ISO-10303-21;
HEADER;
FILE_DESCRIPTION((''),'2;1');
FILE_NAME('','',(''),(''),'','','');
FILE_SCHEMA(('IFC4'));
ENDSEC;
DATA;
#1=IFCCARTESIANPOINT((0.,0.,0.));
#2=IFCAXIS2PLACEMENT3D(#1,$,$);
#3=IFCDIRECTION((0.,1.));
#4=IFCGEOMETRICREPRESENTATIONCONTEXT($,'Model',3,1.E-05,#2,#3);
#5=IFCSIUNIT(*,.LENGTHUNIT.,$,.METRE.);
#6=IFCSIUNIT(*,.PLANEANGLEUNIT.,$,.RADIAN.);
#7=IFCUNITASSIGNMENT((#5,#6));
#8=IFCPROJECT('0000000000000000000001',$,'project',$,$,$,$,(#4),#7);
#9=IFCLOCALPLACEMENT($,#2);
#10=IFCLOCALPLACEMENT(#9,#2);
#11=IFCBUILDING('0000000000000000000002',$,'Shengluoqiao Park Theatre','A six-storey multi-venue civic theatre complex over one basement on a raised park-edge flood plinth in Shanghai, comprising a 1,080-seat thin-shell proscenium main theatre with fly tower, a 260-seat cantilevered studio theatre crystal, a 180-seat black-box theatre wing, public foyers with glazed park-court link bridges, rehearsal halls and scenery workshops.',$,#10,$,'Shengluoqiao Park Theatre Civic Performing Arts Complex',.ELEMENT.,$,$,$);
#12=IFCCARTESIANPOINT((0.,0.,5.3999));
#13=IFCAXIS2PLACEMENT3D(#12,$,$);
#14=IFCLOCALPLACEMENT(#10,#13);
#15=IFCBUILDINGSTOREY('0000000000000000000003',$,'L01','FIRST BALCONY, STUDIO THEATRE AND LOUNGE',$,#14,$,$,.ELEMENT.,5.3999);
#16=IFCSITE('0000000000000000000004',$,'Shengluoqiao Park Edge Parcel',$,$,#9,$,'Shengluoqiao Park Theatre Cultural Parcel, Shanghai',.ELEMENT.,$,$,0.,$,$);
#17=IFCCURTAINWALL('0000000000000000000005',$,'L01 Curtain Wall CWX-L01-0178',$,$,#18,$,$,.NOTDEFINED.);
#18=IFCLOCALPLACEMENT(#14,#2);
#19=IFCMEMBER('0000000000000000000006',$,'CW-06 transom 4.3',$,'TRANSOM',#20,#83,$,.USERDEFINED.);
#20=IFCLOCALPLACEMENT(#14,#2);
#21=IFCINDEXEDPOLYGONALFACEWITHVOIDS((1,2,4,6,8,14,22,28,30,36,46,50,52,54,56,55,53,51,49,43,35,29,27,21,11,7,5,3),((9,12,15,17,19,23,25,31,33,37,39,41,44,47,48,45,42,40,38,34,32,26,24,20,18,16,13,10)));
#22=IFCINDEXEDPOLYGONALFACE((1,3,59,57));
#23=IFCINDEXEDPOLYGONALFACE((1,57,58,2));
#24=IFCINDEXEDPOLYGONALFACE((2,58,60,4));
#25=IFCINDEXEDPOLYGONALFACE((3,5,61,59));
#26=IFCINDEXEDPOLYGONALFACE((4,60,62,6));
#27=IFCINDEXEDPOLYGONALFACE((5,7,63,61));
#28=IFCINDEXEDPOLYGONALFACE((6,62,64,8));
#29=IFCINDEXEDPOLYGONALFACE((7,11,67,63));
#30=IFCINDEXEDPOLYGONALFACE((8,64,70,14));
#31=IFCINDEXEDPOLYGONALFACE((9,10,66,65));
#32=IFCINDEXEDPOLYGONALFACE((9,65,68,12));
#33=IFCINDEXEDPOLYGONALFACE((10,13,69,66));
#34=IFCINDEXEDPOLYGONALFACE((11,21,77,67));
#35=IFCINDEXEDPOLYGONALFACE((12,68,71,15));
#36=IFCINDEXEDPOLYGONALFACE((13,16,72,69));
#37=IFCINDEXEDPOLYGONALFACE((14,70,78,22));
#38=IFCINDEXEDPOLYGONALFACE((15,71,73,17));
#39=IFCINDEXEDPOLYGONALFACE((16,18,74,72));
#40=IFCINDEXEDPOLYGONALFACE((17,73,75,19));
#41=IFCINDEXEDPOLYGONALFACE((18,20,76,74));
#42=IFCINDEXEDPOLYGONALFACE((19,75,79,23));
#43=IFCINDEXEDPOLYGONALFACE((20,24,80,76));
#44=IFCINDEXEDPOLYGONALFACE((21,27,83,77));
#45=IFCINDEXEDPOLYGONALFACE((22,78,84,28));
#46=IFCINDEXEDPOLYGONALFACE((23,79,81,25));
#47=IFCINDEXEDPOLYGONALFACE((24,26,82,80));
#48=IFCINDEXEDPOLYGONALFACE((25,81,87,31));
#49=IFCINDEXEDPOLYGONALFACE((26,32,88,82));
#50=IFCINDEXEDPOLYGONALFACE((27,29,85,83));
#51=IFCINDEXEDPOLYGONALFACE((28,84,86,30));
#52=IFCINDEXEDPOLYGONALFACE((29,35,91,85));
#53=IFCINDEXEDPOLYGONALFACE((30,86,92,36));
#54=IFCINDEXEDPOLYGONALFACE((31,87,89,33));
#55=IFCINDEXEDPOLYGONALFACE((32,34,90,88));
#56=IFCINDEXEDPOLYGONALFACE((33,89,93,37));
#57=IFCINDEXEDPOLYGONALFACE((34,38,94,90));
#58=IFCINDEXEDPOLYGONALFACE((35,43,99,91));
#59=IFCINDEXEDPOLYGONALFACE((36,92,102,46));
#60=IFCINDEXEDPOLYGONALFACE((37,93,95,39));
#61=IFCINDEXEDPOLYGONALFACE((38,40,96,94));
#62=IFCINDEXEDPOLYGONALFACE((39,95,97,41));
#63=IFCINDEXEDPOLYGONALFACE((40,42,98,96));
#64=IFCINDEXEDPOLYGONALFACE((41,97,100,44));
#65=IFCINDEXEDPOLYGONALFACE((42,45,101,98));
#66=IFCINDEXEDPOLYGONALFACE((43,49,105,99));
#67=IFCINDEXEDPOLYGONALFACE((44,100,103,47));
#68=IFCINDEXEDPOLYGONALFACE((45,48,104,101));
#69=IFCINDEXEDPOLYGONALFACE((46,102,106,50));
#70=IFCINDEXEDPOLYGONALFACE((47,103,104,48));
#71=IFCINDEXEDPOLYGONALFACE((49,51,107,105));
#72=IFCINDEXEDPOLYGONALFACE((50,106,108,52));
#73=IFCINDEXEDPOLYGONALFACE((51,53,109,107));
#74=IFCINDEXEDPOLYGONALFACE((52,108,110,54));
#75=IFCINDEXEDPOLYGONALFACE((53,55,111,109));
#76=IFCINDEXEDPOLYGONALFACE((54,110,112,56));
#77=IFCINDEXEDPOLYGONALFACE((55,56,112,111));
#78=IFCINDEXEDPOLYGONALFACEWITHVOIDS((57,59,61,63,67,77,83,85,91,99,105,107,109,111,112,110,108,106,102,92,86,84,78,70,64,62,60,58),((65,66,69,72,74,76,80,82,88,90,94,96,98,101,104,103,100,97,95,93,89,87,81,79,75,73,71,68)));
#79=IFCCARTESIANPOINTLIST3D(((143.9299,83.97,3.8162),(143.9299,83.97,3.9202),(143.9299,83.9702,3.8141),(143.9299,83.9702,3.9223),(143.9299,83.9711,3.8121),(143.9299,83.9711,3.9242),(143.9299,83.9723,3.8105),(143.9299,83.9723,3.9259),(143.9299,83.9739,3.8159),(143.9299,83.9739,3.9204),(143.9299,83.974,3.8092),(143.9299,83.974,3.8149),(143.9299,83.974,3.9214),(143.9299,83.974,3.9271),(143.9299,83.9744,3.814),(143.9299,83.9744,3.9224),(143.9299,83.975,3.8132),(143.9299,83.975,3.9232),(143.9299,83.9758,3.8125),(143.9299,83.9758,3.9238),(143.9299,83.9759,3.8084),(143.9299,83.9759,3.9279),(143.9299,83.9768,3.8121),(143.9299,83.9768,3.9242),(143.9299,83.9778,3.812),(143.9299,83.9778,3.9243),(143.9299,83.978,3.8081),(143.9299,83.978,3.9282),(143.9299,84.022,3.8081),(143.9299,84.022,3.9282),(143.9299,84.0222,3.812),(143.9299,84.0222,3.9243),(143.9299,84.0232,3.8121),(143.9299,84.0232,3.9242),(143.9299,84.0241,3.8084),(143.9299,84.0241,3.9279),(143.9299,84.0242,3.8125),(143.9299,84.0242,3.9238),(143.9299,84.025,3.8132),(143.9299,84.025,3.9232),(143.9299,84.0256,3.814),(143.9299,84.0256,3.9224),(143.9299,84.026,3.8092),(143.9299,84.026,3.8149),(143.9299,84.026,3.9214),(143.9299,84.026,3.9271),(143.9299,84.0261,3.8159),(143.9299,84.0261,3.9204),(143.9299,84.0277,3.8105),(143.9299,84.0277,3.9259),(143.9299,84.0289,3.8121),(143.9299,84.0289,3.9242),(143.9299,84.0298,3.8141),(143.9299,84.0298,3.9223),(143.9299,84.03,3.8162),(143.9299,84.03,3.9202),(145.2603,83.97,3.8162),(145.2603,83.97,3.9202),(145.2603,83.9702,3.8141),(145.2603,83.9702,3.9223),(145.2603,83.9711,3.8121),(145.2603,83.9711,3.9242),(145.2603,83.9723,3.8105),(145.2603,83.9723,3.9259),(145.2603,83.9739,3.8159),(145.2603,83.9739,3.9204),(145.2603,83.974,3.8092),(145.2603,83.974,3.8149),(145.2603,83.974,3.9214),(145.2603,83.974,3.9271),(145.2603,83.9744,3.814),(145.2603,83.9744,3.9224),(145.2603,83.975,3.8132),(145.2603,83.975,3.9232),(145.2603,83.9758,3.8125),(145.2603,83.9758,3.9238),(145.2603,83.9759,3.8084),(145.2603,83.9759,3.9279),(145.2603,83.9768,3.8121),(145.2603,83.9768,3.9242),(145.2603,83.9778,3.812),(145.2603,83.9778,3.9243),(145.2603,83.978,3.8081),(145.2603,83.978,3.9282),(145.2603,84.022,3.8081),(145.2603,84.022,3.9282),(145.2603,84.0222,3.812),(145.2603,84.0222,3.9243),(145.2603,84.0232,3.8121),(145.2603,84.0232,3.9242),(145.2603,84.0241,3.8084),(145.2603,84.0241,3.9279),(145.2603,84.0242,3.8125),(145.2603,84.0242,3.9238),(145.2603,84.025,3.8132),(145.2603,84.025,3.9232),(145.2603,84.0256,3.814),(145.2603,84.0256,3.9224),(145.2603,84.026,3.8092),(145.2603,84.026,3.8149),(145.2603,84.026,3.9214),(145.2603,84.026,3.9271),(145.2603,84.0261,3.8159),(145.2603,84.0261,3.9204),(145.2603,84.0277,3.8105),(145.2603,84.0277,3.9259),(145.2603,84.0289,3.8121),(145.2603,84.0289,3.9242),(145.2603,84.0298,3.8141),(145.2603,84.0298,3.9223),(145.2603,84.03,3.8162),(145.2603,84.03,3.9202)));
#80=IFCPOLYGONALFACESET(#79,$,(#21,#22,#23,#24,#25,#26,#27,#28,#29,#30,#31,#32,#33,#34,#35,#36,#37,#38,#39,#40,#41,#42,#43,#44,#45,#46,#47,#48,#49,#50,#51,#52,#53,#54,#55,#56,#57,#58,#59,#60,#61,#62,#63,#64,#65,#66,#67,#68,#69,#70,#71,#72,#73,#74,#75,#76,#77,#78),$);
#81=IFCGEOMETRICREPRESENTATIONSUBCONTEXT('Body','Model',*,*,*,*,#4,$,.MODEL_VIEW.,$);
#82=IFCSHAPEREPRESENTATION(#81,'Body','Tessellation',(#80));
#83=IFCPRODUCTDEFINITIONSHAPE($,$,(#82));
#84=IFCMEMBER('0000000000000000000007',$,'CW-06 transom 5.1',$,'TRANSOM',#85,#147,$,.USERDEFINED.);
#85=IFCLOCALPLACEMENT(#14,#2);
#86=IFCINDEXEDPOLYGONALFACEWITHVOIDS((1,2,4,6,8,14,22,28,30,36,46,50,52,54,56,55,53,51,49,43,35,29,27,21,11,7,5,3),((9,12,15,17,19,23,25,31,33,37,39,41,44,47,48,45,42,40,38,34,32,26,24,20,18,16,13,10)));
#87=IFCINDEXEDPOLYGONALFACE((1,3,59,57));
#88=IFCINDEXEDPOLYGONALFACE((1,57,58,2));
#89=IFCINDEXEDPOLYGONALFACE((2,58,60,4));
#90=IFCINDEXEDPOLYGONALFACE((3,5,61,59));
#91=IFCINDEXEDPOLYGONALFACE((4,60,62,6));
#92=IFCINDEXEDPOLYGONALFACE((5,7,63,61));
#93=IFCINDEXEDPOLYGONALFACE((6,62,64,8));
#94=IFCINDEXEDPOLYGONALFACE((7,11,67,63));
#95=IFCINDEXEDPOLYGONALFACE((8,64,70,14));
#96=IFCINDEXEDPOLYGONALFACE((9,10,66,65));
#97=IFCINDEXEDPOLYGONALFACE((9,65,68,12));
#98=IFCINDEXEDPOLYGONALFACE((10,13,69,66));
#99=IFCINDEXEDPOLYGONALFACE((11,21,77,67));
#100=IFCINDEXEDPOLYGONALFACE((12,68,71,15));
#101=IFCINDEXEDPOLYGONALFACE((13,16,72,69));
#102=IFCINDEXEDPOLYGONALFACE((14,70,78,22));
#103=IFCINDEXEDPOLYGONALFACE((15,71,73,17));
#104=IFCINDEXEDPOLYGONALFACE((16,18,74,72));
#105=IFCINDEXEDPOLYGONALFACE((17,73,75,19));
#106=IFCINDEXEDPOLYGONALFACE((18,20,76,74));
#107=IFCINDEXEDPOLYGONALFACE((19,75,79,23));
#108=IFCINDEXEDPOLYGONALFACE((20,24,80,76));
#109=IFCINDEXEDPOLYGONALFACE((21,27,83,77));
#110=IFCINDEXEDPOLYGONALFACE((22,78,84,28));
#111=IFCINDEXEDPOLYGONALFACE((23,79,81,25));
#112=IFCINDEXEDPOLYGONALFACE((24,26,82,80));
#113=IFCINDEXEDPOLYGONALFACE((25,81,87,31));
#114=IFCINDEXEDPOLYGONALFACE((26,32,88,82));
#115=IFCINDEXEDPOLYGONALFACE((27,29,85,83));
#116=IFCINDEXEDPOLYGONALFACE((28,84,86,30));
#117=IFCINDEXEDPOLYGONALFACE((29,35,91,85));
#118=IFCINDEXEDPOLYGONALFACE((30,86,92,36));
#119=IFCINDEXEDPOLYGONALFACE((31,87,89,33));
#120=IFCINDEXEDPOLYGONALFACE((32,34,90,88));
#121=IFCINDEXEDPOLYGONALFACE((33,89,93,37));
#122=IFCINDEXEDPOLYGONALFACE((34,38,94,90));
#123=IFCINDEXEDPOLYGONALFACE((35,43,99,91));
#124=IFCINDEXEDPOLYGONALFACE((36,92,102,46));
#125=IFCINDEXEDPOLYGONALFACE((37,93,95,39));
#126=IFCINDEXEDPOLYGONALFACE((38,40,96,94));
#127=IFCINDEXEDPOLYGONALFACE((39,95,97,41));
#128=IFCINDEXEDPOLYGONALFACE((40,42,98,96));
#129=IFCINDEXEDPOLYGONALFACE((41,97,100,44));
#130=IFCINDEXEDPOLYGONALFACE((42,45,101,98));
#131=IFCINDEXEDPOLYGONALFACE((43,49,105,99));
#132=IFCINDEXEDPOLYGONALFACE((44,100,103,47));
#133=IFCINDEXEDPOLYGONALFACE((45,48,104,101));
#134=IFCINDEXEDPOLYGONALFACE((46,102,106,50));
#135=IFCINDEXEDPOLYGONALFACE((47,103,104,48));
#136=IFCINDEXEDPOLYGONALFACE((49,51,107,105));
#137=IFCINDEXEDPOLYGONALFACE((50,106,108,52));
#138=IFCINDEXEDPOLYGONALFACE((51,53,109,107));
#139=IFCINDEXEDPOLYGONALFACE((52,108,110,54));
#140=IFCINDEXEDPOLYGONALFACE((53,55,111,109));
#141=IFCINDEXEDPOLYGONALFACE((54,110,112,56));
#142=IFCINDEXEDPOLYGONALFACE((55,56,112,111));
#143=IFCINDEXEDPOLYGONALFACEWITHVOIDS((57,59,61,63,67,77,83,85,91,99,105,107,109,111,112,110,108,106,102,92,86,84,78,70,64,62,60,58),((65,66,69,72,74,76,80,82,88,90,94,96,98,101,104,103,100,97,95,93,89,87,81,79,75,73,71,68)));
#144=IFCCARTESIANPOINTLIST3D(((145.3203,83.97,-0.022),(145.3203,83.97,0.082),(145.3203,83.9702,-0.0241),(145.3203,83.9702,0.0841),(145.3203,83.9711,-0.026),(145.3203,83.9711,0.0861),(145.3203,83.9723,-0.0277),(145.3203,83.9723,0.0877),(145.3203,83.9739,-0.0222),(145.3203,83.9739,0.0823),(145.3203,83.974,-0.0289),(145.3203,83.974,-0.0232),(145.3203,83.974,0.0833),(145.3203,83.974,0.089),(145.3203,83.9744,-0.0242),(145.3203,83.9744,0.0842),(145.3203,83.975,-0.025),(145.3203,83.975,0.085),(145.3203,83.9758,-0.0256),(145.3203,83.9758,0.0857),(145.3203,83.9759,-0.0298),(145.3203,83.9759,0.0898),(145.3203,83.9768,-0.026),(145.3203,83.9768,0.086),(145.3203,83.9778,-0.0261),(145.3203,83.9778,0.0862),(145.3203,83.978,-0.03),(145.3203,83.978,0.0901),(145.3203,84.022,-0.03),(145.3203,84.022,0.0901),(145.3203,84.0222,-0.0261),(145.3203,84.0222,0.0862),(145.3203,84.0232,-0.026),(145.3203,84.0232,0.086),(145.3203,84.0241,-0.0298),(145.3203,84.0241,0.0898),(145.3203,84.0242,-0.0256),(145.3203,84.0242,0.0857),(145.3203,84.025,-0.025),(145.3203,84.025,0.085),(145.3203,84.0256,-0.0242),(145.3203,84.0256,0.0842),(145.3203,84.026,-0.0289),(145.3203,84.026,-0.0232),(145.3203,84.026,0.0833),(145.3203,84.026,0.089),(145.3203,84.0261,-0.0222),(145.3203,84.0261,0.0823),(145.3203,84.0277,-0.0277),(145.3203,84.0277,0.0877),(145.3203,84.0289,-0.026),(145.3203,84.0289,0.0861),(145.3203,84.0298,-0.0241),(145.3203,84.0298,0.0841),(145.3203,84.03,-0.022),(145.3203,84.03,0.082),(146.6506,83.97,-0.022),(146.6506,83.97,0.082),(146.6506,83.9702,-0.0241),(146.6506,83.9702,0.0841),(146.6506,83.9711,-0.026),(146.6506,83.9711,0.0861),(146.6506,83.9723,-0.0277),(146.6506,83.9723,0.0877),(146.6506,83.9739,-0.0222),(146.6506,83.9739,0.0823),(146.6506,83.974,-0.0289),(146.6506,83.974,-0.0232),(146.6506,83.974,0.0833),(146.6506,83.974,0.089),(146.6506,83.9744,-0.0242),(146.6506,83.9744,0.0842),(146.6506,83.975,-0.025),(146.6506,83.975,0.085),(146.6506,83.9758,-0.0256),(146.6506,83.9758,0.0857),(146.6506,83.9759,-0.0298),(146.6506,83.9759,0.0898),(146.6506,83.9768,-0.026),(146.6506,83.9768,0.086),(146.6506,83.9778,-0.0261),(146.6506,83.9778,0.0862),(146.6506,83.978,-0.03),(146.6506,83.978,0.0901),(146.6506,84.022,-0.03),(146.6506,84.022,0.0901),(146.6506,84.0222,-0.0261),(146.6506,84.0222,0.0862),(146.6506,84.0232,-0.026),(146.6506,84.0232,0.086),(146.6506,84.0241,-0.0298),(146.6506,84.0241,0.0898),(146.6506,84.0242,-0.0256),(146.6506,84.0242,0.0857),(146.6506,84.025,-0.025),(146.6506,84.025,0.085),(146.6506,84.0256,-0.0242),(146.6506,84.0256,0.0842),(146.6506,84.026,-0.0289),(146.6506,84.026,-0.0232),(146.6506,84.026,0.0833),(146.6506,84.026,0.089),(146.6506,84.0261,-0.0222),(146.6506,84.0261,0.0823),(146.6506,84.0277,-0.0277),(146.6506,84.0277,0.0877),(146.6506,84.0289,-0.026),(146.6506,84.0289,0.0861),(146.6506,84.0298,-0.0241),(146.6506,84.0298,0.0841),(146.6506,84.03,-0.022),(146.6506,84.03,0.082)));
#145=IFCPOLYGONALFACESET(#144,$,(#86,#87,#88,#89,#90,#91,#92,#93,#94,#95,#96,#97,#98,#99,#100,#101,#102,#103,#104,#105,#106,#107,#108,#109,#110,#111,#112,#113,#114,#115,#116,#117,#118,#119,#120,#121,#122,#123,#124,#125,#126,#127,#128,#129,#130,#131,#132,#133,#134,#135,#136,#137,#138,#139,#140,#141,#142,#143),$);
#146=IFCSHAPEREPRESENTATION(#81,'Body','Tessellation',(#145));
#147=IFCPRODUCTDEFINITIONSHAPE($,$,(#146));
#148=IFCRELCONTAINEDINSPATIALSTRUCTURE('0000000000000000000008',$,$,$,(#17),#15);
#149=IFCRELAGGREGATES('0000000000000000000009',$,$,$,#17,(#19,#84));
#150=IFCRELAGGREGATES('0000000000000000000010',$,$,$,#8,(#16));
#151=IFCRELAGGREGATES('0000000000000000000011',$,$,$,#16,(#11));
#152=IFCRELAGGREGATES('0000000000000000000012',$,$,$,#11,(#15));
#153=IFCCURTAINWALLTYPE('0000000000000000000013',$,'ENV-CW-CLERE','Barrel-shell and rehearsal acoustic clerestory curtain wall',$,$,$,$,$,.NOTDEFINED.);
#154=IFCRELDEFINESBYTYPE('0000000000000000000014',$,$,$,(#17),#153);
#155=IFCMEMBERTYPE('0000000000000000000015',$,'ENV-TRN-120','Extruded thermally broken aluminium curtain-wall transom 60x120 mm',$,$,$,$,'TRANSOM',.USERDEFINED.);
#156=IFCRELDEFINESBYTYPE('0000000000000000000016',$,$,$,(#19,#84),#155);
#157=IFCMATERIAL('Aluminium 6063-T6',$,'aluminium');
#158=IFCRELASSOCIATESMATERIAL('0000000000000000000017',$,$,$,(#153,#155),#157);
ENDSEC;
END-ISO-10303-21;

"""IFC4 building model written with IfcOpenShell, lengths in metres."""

from ifc_helpers import new_model, si_unit, direction, frame, origin, origin_2d, place, context, subcontext, project, spatial, hollow_rectangle, extrude, material, material_profile, profile_set, type_object, element, aggregate, save


model = new_model("IFC4")

# Units and contexts
model_context = context("Model", 3, precision=1e-05, world=origin(), true_north=direction((0.0, 1.0)))
body_context = subcontext(model_context, "Body", "Model", "MODEL_VIEW")
ifc_project = project(units=[si_unit("LENGTHUNIT", "METRE"), si_unit("PLANEANGLEUNIT", "RADIAN")], contexts=[model_context])

# Site, building, storey
site_placement = place(None, origin())
site = spatial("IfcSite", under=ifc_project, at=site_placement, Name="Shengluoqiao Park Edge Parcel", LongName="Shengluoqiao Park Theatre Cultural Parcel, Shanghai", CompositionType="ELEMENT", RefElevation=0.0)
building_placement = place(site_placement, origin())
building = spatial("IfcBuilding", under=site, at=building_placement, Name="Shengluoqiao Park Theatre", Description="A six-storey multi-venue civic theatre complex over one basement on a raised park-edge flood plinth in Shanghai, comprising a 1,080-seat thin-shell proscenium main theatre with fly tower, a 260-seat cantilevered studio theatre crystal, a 180-seat black-box theatre wing, public foyers with glazed park-court link bridges, rehearsal halls and scenery workshops.", LongName="Shengluoqiao Park Theatre Civic Performing Arts Complex", CompositionType="ELEMENT")
storey_placement = place(building_placement, frame((0.0, 0.0, 5.3999)))
storey = spatial("IfcBuildingStorey", under=building, at=storey_placement, Name="L01", Description="FIRST BALCONY, STUDIO THEATRE AND LOUNGE", CompositionType="ELEMENT", Elevation=5.3999)

# Shared definitions
ifc_material_1 = material(Name="Aluminium 6063-T6", Category="aluminium")

# Curtain wall
curtain_wall_type_1 = type_object("IfcCurtainWallType", Name="ENV-CW-CLERE", Description="Barrel-shell and rehearsal acoustic clerestory curtain wall", PredefinedType="NOTDEFINED", material=ifc_material_1)
curtain_wall_1_placement = place(storey_placement, origin())
curtain_wall_1 = element("IfcCurtainWall", 1, at=curtain_wall_1_placement, inside=storey, type_object=curtain_wall_type_1, Name="L01 Curtain Wall CWX-L01-0178", PredefinedType="NOTDEFINED")

# Members
ifc_material_profile_1 = material_profile(ifc_material_1, hollow_rectangle(XDim=0.0601, YDim=0.1201, WallThickness=0.0039, InnerFilletRadius=0.0039, OuterFilletRadius=0.0081, at=origin_2d()), Name="ALU TRANSOM 120x60x4")
ifc_profile_set_1 = profile_set([ifc_material_profile_1], Name="Aluminium 6063-T6")
member_type_1 = type_object("IfcMemberType", Name="ENV-TRN-120", Description="Extruded thermally broken aluminium curtain-wall transom 60x120 mm", ElementType="TRANSOM", PredefinedType="USERDEFINED", material=ifc_profile_set_1)
member_1_placement = place(storey_placement, frame((143.9299, 84.0, 3.8682), z_axis=(1.0, 0.0, 0.0), x_axis=(0.0, 1.0, 0.0)))
member_1 = element("IfcMember", 2, at=member_1_placement, type_object=member_type_1, Name="CW-06 transom 4.3", ObjectType="TRANSOM", PredefinedType="USERDEFINED", context=body_context, shape_type="SweptSolid", body=[
    extrude(hollow_rectangle(XDim=0.0601, YDim=0.1201, WallThickness=0.0039, InnerFilletRadius=0.0039, OuterFilletRadius=0.0081, at=origin_2d()), origin(), (0.0, 0.0, 1.0), 1.3303),
])
member_2_placement = place(storey_placement, frame((145.3203, 84.0, 0.03), z_axis=(1.0, 0.0, 0.0), x_axis=(0.0, 1.0, 0.0)))
member_2 = element("IfcMember", 3, at=member_2_placement, type_object=member_type_1, Name="CW-06 transom 5.1", ObjectType="TRANSOM", PredefinedType="USERDEFINED", context=body_context, shape_type="SweptSolid", body=[
    extrude(hollow_rectangle(XDim=0.0601, YDim=0.1201, WallThickness=0.0039, InnerFilletRadius=0.0039, OuterFilletRadius=0.0081, at=origin_2d()), origin(), (0.0, 0.0, 1.0), 1.3303),
])

aggregate(curtain_wall_1, [member_1, member_2])

save(model, "model.ifc")
